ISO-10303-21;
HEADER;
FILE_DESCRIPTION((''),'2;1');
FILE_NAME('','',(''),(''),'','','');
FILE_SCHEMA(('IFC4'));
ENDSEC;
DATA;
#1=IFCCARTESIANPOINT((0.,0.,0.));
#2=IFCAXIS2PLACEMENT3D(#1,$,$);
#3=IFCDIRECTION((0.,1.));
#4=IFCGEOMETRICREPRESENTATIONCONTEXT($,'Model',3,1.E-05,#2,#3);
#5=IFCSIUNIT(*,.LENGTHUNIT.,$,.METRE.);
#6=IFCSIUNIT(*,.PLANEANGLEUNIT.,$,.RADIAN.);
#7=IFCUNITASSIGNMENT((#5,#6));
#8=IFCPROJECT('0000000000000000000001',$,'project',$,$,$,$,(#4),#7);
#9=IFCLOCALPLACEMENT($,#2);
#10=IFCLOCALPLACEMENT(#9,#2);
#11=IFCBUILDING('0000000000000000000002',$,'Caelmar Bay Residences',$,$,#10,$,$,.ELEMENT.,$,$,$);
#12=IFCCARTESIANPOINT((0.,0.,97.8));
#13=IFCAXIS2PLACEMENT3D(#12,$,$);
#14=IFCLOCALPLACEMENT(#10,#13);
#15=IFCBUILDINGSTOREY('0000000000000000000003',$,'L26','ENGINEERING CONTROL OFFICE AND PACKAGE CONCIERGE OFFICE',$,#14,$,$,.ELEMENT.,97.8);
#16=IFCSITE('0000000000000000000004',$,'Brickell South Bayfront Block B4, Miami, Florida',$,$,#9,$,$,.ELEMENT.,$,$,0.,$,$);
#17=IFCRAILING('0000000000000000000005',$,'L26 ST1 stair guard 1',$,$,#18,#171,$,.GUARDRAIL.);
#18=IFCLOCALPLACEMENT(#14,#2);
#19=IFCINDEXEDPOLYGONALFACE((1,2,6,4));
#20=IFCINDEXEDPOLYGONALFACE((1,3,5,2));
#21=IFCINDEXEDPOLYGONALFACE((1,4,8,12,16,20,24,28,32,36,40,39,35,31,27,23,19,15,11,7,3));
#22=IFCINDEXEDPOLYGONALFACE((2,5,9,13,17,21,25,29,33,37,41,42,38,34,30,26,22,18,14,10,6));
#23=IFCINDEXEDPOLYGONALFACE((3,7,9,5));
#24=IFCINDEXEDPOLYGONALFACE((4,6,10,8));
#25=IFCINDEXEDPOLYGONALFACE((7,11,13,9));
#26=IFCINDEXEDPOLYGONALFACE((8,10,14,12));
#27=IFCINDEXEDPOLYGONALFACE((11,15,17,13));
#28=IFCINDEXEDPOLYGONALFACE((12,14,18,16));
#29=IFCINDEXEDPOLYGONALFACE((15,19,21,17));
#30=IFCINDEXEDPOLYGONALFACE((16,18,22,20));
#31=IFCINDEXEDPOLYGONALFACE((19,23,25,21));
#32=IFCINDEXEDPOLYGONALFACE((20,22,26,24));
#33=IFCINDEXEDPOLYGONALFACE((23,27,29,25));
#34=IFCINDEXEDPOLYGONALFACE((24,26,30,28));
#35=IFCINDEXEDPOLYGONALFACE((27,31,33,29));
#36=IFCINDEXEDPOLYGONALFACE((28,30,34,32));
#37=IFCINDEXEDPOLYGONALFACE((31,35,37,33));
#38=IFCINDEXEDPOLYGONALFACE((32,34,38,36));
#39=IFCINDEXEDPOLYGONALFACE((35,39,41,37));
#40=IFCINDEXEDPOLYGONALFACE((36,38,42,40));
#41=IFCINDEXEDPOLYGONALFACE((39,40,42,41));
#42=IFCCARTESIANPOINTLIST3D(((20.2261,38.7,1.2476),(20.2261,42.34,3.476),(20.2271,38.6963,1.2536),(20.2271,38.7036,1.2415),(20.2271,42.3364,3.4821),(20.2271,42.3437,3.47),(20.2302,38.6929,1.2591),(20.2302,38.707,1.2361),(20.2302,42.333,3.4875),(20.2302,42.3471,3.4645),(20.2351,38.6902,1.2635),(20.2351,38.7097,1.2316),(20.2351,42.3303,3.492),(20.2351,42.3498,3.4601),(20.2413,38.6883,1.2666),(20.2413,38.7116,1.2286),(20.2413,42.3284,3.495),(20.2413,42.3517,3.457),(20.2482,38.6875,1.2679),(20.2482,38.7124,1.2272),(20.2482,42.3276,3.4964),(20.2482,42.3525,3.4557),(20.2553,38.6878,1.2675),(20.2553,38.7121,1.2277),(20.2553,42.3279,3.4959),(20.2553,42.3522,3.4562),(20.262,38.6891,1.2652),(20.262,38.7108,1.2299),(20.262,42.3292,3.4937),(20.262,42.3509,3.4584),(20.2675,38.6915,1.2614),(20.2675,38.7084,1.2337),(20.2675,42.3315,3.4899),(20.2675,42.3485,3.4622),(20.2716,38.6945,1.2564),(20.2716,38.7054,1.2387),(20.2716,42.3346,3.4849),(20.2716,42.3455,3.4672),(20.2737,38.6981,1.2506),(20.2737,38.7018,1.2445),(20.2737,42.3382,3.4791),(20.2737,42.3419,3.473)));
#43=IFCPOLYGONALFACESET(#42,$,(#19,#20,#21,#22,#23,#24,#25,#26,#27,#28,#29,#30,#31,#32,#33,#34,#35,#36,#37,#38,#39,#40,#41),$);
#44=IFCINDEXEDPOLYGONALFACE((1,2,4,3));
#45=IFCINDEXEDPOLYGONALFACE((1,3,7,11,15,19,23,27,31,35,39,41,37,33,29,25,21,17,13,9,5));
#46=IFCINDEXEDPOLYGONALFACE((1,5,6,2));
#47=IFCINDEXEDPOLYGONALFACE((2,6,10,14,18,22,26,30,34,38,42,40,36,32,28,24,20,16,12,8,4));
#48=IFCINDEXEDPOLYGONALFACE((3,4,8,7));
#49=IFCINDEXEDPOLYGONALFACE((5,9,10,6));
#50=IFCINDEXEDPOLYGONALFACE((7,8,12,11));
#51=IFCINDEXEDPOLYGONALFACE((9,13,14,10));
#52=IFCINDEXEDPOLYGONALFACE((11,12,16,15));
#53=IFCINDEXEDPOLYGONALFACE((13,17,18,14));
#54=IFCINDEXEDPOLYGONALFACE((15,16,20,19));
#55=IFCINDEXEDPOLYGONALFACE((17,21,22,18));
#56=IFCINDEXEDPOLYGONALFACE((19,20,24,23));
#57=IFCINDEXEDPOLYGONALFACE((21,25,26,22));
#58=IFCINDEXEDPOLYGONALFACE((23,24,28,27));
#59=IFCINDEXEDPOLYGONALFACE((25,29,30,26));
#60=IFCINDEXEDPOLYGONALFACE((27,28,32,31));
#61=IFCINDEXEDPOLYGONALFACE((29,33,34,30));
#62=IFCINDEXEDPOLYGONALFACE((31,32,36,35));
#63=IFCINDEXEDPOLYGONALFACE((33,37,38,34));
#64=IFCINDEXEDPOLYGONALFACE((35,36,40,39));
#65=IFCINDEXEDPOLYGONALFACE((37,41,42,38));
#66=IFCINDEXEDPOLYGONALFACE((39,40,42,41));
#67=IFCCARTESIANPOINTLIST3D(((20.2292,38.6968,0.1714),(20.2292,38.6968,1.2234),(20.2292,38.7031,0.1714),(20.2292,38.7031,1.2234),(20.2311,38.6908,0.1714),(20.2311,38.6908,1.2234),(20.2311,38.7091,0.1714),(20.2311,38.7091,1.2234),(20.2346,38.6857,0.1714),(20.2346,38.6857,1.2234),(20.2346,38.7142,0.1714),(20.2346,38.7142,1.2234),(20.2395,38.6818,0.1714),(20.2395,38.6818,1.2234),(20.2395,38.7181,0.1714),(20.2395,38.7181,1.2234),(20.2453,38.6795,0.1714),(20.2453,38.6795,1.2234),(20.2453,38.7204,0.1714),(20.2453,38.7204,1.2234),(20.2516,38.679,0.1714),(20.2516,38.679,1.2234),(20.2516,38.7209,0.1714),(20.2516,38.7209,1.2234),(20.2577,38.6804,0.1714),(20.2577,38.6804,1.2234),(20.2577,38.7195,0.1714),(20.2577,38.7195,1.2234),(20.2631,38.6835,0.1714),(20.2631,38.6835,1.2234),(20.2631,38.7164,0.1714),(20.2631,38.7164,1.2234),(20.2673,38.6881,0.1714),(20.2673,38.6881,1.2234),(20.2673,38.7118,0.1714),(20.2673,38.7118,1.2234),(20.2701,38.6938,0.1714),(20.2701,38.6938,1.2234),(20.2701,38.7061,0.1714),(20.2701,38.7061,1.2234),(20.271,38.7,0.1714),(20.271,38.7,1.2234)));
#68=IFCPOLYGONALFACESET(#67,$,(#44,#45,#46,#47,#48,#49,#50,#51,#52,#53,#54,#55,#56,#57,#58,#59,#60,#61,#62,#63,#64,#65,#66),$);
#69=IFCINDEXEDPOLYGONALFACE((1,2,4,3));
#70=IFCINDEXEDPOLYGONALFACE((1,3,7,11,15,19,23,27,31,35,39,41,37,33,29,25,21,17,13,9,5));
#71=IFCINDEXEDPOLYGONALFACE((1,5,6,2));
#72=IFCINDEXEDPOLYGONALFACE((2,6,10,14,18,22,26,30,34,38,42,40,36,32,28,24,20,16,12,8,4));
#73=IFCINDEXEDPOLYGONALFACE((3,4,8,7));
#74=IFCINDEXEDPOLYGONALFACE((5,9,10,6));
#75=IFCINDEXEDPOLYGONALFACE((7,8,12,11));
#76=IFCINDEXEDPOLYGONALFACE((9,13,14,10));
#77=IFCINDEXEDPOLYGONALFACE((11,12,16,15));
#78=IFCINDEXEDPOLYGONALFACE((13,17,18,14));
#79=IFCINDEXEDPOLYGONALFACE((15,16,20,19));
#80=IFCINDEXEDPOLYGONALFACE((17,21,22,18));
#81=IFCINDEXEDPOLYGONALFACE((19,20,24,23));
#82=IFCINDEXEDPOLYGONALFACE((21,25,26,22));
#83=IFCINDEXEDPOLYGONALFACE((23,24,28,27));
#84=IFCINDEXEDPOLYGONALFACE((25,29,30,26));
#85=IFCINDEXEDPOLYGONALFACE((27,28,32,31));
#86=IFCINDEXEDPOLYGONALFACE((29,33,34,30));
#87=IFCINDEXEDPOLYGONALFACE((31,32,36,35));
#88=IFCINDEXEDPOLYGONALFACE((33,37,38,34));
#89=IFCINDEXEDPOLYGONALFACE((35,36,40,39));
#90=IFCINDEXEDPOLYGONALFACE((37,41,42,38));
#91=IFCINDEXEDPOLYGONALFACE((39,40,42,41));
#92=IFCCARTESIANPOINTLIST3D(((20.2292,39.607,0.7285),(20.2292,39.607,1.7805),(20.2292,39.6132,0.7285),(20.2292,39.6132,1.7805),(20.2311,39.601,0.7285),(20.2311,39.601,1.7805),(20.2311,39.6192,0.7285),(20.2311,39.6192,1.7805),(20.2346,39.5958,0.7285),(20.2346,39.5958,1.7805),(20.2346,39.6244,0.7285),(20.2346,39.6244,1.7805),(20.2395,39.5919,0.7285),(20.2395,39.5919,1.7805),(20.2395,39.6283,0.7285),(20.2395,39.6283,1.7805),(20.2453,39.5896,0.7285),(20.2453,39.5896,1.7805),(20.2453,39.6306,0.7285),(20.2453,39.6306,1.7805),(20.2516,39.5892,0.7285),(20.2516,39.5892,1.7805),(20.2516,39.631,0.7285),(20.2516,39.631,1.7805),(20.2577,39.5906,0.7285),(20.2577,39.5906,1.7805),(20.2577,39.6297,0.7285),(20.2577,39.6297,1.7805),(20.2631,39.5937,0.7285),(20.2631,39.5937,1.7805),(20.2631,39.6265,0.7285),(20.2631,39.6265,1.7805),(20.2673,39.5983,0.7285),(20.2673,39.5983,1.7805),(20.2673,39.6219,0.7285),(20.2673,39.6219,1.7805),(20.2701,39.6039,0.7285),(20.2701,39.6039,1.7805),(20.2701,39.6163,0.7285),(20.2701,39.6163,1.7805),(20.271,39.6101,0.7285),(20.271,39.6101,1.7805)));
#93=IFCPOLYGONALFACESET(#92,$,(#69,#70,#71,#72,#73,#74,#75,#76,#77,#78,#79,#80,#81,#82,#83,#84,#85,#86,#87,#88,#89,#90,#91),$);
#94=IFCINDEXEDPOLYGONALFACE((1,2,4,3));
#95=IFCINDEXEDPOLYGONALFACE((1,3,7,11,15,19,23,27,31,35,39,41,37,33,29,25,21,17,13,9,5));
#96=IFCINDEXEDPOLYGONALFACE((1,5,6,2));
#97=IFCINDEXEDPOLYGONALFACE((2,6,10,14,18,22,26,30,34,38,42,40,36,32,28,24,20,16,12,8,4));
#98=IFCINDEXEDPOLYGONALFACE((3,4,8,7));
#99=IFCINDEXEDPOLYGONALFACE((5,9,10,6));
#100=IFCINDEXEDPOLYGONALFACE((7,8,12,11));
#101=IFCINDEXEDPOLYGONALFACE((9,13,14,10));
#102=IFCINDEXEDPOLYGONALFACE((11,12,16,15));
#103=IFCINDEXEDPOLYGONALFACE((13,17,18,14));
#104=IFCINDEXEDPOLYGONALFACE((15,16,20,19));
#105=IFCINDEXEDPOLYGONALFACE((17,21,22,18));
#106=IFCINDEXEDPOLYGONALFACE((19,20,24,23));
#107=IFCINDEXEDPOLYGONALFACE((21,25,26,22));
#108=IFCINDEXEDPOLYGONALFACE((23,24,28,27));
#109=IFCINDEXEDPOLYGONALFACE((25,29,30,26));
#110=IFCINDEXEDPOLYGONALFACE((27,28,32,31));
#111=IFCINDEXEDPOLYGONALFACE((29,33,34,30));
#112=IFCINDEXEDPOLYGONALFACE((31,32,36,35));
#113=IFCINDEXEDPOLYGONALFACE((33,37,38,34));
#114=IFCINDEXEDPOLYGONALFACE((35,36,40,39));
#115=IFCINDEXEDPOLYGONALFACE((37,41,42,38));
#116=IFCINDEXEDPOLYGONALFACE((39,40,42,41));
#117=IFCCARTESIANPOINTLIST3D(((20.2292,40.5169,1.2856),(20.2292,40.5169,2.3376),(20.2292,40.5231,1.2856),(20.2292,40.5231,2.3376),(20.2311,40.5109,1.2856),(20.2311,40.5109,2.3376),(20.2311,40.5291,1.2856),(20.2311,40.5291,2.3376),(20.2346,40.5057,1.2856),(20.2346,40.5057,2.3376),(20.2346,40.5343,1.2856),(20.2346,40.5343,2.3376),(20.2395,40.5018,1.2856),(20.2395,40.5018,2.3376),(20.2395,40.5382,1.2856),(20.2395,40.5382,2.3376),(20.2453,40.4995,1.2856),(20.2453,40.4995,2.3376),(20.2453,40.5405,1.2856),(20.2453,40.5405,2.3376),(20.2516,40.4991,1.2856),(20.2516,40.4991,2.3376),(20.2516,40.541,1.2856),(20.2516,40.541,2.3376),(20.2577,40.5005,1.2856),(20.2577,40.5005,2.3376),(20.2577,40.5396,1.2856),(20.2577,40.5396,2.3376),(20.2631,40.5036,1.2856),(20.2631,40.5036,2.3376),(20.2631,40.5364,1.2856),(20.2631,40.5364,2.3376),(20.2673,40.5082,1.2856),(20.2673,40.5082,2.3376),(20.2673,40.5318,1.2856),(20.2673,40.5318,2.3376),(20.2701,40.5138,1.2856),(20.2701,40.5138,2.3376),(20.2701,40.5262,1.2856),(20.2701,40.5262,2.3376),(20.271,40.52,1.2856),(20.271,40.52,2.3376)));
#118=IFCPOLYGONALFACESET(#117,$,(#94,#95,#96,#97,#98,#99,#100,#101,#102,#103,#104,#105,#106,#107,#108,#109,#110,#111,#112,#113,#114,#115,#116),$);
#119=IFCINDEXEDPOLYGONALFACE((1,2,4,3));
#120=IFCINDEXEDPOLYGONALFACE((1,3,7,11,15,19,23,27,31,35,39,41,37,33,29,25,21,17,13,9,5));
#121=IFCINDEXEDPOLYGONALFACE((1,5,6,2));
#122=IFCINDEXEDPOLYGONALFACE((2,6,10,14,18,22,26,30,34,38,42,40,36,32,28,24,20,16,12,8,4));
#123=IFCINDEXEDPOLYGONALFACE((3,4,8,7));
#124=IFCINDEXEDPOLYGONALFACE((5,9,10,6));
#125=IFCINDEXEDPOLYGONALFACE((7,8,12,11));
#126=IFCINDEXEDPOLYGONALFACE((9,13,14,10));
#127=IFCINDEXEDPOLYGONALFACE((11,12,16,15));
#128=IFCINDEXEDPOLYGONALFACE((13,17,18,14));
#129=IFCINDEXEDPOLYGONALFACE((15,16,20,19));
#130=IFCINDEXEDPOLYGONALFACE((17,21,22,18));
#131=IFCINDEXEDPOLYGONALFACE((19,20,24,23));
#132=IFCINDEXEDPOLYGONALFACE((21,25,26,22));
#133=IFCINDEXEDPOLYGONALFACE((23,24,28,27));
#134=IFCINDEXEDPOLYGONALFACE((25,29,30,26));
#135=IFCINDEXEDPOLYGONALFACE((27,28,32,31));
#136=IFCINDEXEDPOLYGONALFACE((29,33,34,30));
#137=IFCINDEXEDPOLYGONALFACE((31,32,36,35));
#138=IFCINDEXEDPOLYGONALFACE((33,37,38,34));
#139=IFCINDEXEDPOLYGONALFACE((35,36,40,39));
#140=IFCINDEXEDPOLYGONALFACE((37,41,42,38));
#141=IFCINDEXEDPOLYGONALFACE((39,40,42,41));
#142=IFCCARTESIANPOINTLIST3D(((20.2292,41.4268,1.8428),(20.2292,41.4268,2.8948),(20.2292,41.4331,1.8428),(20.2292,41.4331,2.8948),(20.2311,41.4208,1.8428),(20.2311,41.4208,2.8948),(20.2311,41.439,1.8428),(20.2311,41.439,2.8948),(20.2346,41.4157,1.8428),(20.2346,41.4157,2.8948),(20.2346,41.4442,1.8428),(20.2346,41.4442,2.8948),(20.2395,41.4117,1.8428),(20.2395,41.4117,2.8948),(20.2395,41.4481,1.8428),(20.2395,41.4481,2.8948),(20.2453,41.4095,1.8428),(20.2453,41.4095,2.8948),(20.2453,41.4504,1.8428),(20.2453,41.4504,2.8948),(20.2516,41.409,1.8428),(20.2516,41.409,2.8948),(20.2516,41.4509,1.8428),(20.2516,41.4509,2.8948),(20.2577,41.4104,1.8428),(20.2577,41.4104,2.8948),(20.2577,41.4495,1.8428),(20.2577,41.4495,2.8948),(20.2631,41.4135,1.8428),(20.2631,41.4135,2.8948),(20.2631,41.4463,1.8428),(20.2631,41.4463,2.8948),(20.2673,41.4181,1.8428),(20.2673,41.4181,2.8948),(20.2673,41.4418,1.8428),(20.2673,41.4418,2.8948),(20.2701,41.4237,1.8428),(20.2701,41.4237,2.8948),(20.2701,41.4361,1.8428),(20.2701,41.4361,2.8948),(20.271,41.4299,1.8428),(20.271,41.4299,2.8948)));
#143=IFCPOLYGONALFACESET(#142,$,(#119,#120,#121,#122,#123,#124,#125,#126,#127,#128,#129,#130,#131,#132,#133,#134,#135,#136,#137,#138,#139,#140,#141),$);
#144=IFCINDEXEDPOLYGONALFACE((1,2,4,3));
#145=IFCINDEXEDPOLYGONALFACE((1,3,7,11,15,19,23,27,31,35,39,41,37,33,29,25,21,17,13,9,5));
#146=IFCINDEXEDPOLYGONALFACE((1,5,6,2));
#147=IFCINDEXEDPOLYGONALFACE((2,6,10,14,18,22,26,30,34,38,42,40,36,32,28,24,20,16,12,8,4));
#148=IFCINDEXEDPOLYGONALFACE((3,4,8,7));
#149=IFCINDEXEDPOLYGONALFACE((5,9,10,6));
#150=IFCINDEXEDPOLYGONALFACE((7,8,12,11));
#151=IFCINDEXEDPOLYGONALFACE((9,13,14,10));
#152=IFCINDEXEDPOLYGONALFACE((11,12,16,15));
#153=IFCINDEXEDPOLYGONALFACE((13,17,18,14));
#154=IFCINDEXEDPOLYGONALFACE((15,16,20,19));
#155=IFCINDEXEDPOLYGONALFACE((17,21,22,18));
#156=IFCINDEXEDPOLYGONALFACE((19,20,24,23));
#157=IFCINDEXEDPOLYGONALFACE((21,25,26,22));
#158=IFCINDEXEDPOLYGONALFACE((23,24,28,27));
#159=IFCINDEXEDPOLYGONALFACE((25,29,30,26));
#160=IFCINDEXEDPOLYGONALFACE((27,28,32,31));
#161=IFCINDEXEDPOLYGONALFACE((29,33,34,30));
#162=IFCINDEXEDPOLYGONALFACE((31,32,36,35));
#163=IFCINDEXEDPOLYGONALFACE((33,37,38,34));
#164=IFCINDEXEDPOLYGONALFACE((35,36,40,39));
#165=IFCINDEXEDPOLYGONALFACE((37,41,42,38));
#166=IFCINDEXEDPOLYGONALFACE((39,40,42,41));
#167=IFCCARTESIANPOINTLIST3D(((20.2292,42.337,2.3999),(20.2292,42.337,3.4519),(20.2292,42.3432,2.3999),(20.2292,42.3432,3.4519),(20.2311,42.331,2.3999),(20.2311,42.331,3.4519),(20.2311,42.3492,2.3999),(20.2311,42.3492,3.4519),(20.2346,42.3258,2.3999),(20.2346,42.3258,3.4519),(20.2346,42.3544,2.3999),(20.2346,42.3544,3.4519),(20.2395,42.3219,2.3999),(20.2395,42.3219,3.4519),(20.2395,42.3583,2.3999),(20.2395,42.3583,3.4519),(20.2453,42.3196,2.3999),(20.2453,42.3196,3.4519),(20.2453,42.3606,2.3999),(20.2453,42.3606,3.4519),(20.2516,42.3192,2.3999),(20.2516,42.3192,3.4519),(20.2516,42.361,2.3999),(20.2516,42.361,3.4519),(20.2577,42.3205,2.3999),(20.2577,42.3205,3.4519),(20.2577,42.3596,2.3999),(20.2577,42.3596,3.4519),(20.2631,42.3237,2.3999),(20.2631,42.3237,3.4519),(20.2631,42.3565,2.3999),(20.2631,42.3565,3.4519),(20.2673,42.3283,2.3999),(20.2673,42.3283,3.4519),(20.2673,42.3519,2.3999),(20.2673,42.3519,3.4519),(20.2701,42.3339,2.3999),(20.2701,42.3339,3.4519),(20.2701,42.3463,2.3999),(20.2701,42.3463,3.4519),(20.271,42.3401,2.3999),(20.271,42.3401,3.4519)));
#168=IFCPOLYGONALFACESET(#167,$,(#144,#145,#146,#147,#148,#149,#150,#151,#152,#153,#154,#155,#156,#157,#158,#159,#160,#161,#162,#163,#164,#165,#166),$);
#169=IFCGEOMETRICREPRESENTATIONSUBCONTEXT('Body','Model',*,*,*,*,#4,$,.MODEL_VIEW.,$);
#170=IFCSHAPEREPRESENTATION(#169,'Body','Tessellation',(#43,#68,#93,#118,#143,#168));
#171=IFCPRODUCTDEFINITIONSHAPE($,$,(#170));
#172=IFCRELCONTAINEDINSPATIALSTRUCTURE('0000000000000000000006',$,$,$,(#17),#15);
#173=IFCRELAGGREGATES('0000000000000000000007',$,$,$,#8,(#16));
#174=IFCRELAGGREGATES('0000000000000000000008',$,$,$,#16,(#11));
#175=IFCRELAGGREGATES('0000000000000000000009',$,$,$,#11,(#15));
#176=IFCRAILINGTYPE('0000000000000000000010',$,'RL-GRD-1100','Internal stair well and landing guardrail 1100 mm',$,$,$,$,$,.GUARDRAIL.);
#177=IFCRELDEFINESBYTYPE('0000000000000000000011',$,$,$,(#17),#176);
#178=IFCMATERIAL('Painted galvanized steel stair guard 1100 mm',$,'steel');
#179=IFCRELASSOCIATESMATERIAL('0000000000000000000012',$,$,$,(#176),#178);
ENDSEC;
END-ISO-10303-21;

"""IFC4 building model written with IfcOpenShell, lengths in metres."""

from ifc_helpers import new_model, si_unit, direction, frame, origin, origin_2d, place, context, subcontext, project, spatial, circle, extrude, material, type_object, element, save


model = new_model("IFC4")

# Units and contexts
model_context = context("Model", 3, precision=1e-05, world=origin(), true_north=direction((0.0, 1.0)))
body_context = subcontext(model_context, "Body", "Model", "MODEL_VIEW")
ifc_project = project(units=[si_unit("LENGTHUNIT", "METRE"), si_unit("PLANEANGLEUNIT", "RADIAN")], contexts=[model_context])

# Site, building, storey
site_placement = place(None, origin())
site = spatial("IfcSite", under=ifc_project, at=site_placement, Name="Brickell South Bayfront Block B4, Miami, Florida", CompositionType="ELEMENT", RefElevation=0.0)
building_placement = place(site_placement, origin())
building = spatial("IfcBuilding", under=site, at=building_placement, Name="Caelmar Bay Residences", CompositionType="ELEMENT")
storey_placement = place(building_placement, frame((0.0, 0.0, 97.8)))
storey = spatial("IfcBuildingStorey", under=building, at=storey_placement, Name="L26", Description="ENGINEERING CONTROL OFFICE AND PACKAGE CONCIERGE OFFICE", CompositionType="ELEMENT", Elevation=97.8)

# Railing
ifc_material_1 = material(Name="Painted galvanized steel stair guard 1100 mm", Category="steel")
railing_type_1 = type_object("IfcRailingType", Name="RL-GRD-1100", Description="Internal stair well and landing guardrail 1100 mm", PredefinedType="GUARDRAIL", material=ifc_material_1)
railing_1_placement = place(storey_placement, frame((20.25, 38.7, 0.1714)))
element("IfcRailing", 1, at=railing_1_placement, inside=storey, type_object=railing_type_1, Name="L26 ST1 stair guard 1", PredefinedType="GUARDRAIL", context=body_context, shape_type="SweptSolid", body=[
    extrude(circle(Radius=0.0239, at=origin_2d()), frame((0.0, 0.0, 1.0762), z_axis=(0.0, 0.852866, 0.52213), x_axis=(-1.0, 0.0, 0.0)), (0.0, 0.0, 1.0), 4.2681),
    extrude(circle(Radius=0.021, at=origin_2d()), origin(), (0.0, 0.0, 1.0), 1.052),
    extrude(circle(Radius=0.021, at=origin_2d()), frame((0.0, 0.9102, 0.5571)), (0.0, 0.0, 1.0), 1.052),
    extrude(circle(Radius=0.021, at=origin_2d()), frame((0.0, 1.8201, 1.1143)), (0.0, 0.0, 1.0), 1.052),
    extrude(circle(Radius=0.021, at=origin_2d()), frame((0.0, 2.73, 1.6714)), (0.0, 0.0, 1.0), 1.052),
    extrude(circle(Radius=0.021, at=origin_2d()), frame((0.0, 3.6401, 2.2285)), (0.0, 0.0, 1.0), 1.052),
])

save(model, "model.ifc")
